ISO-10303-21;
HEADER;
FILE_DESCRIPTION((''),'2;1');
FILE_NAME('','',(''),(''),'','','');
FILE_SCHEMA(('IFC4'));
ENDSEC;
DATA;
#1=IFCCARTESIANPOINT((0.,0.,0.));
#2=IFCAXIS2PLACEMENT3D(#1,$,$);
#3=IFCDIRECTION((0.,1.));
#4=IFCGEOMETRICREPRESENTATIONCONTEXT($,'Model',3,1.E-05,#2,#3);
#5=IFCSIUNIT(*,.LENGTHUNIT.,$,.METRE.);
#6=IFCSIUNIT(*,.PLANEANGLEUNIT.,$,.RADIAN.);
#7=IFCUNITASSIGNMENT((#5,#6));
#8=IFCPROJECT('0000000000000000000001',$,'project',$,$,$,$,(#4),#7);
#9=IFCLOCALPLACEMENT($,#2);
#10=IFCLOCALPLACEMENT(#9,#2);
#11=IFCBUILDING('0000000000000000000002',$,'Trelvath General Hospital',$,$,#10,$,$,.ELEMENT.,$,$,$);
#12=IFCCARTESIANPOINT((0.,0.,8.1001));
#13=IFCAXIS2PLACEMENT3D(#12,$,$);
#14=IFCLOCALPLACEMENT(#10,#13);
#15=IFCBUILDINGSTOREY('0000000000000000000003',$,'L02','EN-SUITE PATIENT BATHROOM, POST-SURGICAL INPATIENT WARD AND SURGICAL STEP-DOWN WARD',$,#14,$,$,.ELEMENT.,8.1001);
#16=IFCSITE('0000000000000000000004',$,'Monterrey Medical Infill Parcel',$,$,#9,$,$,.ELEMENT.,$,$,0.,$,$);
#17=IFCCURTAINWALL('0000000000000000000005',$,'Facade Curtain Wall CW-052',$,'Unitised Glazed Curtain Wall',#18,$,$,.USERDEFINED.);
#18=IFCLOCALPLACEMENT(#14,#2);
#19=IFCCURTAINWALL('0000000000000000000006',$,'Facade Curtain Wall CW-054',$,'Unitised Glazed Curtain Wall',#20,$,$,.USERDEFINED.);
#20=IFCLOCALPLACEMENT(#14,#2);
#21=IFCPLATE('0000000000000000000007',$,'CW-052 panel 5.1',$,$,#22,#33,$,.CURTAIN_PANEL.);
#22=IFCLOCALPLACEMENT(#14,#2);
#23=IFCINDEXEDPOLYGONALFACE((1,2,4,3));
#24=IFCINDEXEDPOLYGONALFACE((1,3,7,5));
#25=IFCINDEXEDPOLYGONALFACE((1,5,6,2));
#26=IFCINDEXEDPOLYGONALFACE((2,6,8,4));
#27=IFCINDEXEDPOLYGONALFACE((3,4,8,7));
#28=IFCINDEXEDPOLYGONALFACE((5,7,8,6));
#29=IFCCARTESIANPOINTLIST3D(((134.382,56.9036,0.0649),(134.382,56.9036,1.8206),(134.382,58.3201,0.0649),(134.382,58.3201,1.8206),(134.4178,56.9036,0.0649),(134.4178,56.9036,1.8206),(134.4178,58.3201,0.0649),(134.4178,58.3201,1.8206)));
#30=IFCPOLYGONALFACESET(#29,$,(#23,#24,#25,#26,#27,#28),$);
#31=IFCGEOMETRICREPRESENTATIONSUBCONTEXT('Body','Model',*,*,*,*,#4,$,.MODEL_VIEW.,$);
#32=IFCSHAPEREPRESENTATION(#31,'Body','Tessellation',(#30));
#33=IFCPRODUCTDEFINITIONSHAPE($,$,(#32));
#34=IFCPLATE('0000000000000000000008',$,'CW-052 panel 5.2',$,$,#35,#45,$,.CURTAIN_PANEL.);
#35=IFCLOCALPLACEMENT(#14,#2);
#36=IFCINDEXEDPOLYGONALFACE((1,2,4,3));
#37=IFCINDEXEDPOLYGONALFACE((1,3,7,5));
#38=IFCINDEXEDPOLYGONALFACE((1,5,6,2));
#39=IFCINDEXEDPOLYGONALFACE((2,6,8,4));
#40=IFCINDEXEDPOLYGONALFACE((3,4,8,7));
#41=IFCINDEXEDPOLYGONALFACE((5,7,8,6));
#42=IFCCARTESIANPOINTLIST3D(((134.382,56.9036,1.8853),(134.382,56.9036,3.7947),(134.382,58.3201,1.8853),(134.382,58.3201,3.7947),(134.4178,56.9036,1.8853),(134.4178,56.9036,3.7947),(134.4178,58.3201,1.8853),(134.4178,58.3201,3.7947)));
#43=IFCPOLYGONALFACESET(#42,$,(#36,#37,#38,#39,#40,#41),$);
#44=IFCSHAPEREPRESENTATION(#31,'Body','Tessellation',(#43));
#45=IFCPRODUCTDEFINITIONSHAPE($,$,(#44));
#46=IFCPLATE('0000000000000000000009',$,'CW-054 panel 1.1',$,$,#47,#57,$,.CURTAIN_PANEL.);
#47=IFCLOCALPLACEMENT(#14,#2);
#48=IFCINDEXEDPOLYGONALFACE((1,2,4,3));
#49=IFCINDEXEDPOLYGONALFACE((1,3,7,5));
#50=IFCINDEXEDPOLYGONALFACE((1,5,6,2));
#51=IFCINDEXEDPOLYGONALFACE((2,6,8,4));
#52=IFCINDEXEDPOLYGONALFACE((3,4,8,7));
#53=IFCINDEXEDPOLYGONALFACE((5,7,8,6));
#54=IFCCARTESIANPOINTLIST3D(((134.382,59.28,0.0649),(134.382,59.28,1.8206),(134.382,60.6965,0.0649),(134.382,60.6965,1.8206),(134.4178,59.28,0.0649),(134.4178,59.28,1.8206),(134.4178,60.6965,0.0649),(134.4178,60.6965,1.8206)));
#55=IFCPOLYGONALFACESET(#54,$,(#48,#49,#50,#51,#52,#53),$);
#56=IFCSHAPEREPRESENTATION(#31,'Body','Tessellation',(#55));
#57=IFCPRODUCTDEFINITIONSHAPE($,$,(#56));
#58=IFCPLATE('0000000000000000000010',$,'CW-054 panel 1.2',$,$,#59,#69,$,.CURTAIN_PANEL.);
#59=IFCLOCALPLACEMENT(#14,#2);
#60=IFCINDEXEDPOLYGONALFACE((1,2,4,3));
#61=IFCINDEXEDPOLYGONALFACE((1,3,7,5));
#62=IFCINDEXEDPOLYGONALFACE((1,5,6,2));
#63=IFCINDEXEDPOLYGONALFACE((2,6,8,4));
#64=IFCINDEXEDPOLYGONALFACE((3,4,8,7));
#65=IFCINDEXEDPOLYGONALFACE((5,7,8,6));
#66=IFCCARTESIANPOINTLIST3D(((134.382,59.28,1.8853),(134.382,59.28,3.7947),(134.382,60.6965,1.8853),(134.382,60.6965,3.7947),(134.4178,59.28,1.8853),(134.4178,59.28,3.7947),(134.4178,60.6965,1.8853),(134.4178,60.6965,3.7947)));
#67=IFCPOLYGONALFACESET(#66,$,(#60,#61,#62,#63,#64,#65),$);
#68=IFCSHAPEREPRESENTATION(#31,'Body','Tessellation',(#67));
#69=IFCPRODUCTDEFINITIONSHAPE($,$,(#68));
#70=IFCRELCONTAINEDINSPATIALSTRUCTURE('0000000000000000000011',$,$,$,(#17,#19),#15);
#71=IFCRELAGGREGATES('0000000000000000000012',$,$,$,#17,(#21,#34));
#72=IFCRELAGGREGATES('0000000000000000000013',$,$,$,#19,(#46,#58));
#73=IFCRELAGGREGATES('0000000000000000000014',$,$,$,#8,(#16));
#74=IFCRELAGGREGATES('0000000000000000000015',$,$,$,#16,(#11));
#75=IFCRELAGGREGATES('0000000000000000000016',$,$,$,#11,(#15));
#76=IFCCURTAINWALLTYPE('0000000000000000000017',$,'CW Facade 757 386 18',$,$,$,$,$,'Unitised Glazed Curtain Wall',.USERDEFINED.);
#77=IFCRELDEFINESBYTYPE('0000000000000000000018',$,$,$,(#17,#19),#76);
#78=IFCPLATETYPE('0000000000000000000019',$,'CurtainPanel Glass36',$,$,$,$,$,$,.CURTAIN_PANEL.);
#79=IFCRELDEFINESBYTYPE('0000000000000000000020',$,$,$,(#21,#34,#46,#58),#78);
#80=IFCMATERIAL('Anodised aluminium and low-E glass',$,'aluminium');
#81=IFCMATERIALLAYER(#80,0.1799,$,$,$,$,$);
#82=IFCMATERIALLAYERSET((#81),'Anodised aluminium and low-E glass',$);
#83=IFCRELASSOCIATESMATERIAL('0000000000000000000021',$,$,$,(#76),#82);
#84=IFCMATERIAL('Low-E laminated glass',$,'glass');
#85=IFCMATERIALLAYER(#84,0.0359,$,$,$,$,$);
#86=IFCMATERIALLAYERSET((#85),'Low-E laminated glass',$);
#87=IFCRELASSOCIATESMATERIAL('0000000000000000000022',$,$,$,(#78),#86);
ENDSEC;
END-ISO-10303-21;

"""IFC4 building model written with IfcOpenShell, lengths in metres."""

from ifc_helpers import new_model, si_unit, direction, frame, origin, origin_2d, place, context, subcontext, project, spatial, rectangle, extrude, material, layer, layer_set, type_object, element, aggregate, save


model = new_model("IFC4")

# Units and contexts
model_context = context("Model", 3, precision=1e-05, world=origin(), true_north=direction((0.0, 1.0)))
body_context = subcontext(model_context, "Body", "Model", "MODEL_VIEW")
ifc_project = project(units=[si_unit("LENGTHUNIT", "METRE"), si_unit("PLANEANGLEUNIT", "RADIAN")], contexts=[model_context])

# Site, building, storey
site_placement = place(None, origin())
site = spatial("IfcSite", under=ifc_project, at=site_placement, Name="Monterrey Medical Infill Parcel", CompositionType="ELEMENT", RefElevation=0.0)
building_placement = place(site_placement, origin())
building = spatial("IfcBuilding", under=site, at=building_placement, Name="Trelvath General Hospital", CompositionType="ELEMENT")
storey_placement = place(building_placement, frame((0.0, 0.0, 8.1001)))
storey = spatial("IfcBuildingStorey", under=building, at=storey_placement, Name="L02", Description="EN-SUITE PATIENT BATHROOM, POST-SURGICAL INPATIENT WARD AND SURGICAL STEP-DOWN WARD", CompositionType="ELEMENT", Elevation=8.1001)

# Curtain walls
ifc_material_1 = material(Name="Anodised aluminium and low-E glass", Category="aluminium")
ifc_layer_1 = layer(ifc_material_1, 0.1799)
ifc_layer_set_1 = layer_set([ifc_layer_1], Name="Anodised aluminium and low-E glass")
curtain_wall_type = type_object("IfcCurtainWallType", Name="CW Facade 757 386 18", ElementType="Unitised Glazed Curtain Wall", PredefinedType="USERDEFINED", material=ifc_layer_set_1)
curtain_wall_1_placement = place(storey_placement, origin())
curtain_wall_1 = element("IfcCurtainWall", 1, at=curtain_wall_1_placement, inside=storey, type_object=curtain_wall_type, Name="Facade Curtain Wall CW-052", ObjectType="Unitised Glazed Curtain Wall", PredefinedType="USERDEFINED")
curtain_wall_2_placement = place(storey_placement, origin())
curtain_wall_2 = element("IfcCurtainWall", 2, at=curtain_wall_2_placement, inside=storey, type_object=curtain_wall_type, Name="Facade Curtain Wall CW-054", ObjectType="Unitised Glazed Curtain Wall", PredefinedType="USERDEFINED")

# Plates
ifc_material_2 = material(Name="Low-E laminated glass", Category="glass")
ifc_layer_2 = layer(ifc_material_2, 0.0359)
ifc_layer_set_2 = layer_set([ifc_layer_2], Name="Low-E laminated glass")
plate_type = type_object("IfcPlateType", Name="CurtainPanel Glass36", PredefinedType="CURTAIN_PANEL", material=ifc_layer_set_2)
plate_1_placement = place(storey_placement, frame((134.3999, 57.6118, 0.0649), z_axis=(0.0, 0.0, 1.0), x_axis=(0.0, 1.0, 0.0)))
plate_1 = element("IfcPlate", 3, at=plate_1_placement, type_object=plate_type, Name="CW-052 panel 5.1", PredefinedType="CURTAIN_PANEL", context=body_context, shape_type="SweptSolid", body=[
    extrude(rectangle(XDim=1.4165, YDim=0.0359, at=origin_2d()), origin(), (0.0, 0.0, 1.0), 1.7556),
])
plate_2_placement = place(storey_placement, frame((134.3999, 57.6118, 1.8853), z_axis=(0.0, 0.0, 1.0), x_axis=(0.0, 1.0, 0.0)))
plate_2 = element("IfcPlate", 4, at=plate_2_placement, type_object=plate_type, Name="CW-052 panel 5.2", PredefinedType="CURTAIN_PANEL", context=body_context, shape_type="SweptSolid", body=[
    extrude(rectangle(XDim=1.4165, YDim=0.0359, at=origin_2d()), origin(), (0.0, 0.0, 1.0), 1.9094),
])
aggregate(curtain_wall_1, [plate_1, plate_2])
plate_3_placement = place(storey_placement, frame((134.3999, 59.9883, 0.0649), z_axis=(0.0, 0.0, 1.0), x_axis=(0.0, 1.0, 0.0)))
plate_3 = element("IfcPlate", 5, at=plate_3_placement, type_object=plate_type, Name="CW-054 panel 1.1", PredefinedType="CURTAIN_PANEL", context=body_context, shape_type="SweptSolid", body=[
    extrude(rectangle(XDim=1.4165, YDim=0.0359, at=origin_2d()), origin(), (0.0, 0.0, 1.0), 1.7556),
])
plate_4_placement = place(storey_placement, frame((134.3999, 59.9883, 1.8853), z_axis=(0.0, 0.0, 1.0), x_axis=(0.0, 1.0, 0.0)))
plate_4 = element("IfcPlate", 6, at=plate_4_placement, type_object=plate_type, Name="CW-054 panel 1.2", PredefinedType="CURTAIN_PANEL", context=body_context, shape_type="SweptSolid", body=[
    extrude(rectangle(XDim=1.4165, YDim=0.0359, at=origin_2d()), origin(), (0.0, 0.0, 1.0), 1.9094),
])
aggregate(curtain_wall_2, [plate_3, plate_4])

save(model, "model.ifc")
